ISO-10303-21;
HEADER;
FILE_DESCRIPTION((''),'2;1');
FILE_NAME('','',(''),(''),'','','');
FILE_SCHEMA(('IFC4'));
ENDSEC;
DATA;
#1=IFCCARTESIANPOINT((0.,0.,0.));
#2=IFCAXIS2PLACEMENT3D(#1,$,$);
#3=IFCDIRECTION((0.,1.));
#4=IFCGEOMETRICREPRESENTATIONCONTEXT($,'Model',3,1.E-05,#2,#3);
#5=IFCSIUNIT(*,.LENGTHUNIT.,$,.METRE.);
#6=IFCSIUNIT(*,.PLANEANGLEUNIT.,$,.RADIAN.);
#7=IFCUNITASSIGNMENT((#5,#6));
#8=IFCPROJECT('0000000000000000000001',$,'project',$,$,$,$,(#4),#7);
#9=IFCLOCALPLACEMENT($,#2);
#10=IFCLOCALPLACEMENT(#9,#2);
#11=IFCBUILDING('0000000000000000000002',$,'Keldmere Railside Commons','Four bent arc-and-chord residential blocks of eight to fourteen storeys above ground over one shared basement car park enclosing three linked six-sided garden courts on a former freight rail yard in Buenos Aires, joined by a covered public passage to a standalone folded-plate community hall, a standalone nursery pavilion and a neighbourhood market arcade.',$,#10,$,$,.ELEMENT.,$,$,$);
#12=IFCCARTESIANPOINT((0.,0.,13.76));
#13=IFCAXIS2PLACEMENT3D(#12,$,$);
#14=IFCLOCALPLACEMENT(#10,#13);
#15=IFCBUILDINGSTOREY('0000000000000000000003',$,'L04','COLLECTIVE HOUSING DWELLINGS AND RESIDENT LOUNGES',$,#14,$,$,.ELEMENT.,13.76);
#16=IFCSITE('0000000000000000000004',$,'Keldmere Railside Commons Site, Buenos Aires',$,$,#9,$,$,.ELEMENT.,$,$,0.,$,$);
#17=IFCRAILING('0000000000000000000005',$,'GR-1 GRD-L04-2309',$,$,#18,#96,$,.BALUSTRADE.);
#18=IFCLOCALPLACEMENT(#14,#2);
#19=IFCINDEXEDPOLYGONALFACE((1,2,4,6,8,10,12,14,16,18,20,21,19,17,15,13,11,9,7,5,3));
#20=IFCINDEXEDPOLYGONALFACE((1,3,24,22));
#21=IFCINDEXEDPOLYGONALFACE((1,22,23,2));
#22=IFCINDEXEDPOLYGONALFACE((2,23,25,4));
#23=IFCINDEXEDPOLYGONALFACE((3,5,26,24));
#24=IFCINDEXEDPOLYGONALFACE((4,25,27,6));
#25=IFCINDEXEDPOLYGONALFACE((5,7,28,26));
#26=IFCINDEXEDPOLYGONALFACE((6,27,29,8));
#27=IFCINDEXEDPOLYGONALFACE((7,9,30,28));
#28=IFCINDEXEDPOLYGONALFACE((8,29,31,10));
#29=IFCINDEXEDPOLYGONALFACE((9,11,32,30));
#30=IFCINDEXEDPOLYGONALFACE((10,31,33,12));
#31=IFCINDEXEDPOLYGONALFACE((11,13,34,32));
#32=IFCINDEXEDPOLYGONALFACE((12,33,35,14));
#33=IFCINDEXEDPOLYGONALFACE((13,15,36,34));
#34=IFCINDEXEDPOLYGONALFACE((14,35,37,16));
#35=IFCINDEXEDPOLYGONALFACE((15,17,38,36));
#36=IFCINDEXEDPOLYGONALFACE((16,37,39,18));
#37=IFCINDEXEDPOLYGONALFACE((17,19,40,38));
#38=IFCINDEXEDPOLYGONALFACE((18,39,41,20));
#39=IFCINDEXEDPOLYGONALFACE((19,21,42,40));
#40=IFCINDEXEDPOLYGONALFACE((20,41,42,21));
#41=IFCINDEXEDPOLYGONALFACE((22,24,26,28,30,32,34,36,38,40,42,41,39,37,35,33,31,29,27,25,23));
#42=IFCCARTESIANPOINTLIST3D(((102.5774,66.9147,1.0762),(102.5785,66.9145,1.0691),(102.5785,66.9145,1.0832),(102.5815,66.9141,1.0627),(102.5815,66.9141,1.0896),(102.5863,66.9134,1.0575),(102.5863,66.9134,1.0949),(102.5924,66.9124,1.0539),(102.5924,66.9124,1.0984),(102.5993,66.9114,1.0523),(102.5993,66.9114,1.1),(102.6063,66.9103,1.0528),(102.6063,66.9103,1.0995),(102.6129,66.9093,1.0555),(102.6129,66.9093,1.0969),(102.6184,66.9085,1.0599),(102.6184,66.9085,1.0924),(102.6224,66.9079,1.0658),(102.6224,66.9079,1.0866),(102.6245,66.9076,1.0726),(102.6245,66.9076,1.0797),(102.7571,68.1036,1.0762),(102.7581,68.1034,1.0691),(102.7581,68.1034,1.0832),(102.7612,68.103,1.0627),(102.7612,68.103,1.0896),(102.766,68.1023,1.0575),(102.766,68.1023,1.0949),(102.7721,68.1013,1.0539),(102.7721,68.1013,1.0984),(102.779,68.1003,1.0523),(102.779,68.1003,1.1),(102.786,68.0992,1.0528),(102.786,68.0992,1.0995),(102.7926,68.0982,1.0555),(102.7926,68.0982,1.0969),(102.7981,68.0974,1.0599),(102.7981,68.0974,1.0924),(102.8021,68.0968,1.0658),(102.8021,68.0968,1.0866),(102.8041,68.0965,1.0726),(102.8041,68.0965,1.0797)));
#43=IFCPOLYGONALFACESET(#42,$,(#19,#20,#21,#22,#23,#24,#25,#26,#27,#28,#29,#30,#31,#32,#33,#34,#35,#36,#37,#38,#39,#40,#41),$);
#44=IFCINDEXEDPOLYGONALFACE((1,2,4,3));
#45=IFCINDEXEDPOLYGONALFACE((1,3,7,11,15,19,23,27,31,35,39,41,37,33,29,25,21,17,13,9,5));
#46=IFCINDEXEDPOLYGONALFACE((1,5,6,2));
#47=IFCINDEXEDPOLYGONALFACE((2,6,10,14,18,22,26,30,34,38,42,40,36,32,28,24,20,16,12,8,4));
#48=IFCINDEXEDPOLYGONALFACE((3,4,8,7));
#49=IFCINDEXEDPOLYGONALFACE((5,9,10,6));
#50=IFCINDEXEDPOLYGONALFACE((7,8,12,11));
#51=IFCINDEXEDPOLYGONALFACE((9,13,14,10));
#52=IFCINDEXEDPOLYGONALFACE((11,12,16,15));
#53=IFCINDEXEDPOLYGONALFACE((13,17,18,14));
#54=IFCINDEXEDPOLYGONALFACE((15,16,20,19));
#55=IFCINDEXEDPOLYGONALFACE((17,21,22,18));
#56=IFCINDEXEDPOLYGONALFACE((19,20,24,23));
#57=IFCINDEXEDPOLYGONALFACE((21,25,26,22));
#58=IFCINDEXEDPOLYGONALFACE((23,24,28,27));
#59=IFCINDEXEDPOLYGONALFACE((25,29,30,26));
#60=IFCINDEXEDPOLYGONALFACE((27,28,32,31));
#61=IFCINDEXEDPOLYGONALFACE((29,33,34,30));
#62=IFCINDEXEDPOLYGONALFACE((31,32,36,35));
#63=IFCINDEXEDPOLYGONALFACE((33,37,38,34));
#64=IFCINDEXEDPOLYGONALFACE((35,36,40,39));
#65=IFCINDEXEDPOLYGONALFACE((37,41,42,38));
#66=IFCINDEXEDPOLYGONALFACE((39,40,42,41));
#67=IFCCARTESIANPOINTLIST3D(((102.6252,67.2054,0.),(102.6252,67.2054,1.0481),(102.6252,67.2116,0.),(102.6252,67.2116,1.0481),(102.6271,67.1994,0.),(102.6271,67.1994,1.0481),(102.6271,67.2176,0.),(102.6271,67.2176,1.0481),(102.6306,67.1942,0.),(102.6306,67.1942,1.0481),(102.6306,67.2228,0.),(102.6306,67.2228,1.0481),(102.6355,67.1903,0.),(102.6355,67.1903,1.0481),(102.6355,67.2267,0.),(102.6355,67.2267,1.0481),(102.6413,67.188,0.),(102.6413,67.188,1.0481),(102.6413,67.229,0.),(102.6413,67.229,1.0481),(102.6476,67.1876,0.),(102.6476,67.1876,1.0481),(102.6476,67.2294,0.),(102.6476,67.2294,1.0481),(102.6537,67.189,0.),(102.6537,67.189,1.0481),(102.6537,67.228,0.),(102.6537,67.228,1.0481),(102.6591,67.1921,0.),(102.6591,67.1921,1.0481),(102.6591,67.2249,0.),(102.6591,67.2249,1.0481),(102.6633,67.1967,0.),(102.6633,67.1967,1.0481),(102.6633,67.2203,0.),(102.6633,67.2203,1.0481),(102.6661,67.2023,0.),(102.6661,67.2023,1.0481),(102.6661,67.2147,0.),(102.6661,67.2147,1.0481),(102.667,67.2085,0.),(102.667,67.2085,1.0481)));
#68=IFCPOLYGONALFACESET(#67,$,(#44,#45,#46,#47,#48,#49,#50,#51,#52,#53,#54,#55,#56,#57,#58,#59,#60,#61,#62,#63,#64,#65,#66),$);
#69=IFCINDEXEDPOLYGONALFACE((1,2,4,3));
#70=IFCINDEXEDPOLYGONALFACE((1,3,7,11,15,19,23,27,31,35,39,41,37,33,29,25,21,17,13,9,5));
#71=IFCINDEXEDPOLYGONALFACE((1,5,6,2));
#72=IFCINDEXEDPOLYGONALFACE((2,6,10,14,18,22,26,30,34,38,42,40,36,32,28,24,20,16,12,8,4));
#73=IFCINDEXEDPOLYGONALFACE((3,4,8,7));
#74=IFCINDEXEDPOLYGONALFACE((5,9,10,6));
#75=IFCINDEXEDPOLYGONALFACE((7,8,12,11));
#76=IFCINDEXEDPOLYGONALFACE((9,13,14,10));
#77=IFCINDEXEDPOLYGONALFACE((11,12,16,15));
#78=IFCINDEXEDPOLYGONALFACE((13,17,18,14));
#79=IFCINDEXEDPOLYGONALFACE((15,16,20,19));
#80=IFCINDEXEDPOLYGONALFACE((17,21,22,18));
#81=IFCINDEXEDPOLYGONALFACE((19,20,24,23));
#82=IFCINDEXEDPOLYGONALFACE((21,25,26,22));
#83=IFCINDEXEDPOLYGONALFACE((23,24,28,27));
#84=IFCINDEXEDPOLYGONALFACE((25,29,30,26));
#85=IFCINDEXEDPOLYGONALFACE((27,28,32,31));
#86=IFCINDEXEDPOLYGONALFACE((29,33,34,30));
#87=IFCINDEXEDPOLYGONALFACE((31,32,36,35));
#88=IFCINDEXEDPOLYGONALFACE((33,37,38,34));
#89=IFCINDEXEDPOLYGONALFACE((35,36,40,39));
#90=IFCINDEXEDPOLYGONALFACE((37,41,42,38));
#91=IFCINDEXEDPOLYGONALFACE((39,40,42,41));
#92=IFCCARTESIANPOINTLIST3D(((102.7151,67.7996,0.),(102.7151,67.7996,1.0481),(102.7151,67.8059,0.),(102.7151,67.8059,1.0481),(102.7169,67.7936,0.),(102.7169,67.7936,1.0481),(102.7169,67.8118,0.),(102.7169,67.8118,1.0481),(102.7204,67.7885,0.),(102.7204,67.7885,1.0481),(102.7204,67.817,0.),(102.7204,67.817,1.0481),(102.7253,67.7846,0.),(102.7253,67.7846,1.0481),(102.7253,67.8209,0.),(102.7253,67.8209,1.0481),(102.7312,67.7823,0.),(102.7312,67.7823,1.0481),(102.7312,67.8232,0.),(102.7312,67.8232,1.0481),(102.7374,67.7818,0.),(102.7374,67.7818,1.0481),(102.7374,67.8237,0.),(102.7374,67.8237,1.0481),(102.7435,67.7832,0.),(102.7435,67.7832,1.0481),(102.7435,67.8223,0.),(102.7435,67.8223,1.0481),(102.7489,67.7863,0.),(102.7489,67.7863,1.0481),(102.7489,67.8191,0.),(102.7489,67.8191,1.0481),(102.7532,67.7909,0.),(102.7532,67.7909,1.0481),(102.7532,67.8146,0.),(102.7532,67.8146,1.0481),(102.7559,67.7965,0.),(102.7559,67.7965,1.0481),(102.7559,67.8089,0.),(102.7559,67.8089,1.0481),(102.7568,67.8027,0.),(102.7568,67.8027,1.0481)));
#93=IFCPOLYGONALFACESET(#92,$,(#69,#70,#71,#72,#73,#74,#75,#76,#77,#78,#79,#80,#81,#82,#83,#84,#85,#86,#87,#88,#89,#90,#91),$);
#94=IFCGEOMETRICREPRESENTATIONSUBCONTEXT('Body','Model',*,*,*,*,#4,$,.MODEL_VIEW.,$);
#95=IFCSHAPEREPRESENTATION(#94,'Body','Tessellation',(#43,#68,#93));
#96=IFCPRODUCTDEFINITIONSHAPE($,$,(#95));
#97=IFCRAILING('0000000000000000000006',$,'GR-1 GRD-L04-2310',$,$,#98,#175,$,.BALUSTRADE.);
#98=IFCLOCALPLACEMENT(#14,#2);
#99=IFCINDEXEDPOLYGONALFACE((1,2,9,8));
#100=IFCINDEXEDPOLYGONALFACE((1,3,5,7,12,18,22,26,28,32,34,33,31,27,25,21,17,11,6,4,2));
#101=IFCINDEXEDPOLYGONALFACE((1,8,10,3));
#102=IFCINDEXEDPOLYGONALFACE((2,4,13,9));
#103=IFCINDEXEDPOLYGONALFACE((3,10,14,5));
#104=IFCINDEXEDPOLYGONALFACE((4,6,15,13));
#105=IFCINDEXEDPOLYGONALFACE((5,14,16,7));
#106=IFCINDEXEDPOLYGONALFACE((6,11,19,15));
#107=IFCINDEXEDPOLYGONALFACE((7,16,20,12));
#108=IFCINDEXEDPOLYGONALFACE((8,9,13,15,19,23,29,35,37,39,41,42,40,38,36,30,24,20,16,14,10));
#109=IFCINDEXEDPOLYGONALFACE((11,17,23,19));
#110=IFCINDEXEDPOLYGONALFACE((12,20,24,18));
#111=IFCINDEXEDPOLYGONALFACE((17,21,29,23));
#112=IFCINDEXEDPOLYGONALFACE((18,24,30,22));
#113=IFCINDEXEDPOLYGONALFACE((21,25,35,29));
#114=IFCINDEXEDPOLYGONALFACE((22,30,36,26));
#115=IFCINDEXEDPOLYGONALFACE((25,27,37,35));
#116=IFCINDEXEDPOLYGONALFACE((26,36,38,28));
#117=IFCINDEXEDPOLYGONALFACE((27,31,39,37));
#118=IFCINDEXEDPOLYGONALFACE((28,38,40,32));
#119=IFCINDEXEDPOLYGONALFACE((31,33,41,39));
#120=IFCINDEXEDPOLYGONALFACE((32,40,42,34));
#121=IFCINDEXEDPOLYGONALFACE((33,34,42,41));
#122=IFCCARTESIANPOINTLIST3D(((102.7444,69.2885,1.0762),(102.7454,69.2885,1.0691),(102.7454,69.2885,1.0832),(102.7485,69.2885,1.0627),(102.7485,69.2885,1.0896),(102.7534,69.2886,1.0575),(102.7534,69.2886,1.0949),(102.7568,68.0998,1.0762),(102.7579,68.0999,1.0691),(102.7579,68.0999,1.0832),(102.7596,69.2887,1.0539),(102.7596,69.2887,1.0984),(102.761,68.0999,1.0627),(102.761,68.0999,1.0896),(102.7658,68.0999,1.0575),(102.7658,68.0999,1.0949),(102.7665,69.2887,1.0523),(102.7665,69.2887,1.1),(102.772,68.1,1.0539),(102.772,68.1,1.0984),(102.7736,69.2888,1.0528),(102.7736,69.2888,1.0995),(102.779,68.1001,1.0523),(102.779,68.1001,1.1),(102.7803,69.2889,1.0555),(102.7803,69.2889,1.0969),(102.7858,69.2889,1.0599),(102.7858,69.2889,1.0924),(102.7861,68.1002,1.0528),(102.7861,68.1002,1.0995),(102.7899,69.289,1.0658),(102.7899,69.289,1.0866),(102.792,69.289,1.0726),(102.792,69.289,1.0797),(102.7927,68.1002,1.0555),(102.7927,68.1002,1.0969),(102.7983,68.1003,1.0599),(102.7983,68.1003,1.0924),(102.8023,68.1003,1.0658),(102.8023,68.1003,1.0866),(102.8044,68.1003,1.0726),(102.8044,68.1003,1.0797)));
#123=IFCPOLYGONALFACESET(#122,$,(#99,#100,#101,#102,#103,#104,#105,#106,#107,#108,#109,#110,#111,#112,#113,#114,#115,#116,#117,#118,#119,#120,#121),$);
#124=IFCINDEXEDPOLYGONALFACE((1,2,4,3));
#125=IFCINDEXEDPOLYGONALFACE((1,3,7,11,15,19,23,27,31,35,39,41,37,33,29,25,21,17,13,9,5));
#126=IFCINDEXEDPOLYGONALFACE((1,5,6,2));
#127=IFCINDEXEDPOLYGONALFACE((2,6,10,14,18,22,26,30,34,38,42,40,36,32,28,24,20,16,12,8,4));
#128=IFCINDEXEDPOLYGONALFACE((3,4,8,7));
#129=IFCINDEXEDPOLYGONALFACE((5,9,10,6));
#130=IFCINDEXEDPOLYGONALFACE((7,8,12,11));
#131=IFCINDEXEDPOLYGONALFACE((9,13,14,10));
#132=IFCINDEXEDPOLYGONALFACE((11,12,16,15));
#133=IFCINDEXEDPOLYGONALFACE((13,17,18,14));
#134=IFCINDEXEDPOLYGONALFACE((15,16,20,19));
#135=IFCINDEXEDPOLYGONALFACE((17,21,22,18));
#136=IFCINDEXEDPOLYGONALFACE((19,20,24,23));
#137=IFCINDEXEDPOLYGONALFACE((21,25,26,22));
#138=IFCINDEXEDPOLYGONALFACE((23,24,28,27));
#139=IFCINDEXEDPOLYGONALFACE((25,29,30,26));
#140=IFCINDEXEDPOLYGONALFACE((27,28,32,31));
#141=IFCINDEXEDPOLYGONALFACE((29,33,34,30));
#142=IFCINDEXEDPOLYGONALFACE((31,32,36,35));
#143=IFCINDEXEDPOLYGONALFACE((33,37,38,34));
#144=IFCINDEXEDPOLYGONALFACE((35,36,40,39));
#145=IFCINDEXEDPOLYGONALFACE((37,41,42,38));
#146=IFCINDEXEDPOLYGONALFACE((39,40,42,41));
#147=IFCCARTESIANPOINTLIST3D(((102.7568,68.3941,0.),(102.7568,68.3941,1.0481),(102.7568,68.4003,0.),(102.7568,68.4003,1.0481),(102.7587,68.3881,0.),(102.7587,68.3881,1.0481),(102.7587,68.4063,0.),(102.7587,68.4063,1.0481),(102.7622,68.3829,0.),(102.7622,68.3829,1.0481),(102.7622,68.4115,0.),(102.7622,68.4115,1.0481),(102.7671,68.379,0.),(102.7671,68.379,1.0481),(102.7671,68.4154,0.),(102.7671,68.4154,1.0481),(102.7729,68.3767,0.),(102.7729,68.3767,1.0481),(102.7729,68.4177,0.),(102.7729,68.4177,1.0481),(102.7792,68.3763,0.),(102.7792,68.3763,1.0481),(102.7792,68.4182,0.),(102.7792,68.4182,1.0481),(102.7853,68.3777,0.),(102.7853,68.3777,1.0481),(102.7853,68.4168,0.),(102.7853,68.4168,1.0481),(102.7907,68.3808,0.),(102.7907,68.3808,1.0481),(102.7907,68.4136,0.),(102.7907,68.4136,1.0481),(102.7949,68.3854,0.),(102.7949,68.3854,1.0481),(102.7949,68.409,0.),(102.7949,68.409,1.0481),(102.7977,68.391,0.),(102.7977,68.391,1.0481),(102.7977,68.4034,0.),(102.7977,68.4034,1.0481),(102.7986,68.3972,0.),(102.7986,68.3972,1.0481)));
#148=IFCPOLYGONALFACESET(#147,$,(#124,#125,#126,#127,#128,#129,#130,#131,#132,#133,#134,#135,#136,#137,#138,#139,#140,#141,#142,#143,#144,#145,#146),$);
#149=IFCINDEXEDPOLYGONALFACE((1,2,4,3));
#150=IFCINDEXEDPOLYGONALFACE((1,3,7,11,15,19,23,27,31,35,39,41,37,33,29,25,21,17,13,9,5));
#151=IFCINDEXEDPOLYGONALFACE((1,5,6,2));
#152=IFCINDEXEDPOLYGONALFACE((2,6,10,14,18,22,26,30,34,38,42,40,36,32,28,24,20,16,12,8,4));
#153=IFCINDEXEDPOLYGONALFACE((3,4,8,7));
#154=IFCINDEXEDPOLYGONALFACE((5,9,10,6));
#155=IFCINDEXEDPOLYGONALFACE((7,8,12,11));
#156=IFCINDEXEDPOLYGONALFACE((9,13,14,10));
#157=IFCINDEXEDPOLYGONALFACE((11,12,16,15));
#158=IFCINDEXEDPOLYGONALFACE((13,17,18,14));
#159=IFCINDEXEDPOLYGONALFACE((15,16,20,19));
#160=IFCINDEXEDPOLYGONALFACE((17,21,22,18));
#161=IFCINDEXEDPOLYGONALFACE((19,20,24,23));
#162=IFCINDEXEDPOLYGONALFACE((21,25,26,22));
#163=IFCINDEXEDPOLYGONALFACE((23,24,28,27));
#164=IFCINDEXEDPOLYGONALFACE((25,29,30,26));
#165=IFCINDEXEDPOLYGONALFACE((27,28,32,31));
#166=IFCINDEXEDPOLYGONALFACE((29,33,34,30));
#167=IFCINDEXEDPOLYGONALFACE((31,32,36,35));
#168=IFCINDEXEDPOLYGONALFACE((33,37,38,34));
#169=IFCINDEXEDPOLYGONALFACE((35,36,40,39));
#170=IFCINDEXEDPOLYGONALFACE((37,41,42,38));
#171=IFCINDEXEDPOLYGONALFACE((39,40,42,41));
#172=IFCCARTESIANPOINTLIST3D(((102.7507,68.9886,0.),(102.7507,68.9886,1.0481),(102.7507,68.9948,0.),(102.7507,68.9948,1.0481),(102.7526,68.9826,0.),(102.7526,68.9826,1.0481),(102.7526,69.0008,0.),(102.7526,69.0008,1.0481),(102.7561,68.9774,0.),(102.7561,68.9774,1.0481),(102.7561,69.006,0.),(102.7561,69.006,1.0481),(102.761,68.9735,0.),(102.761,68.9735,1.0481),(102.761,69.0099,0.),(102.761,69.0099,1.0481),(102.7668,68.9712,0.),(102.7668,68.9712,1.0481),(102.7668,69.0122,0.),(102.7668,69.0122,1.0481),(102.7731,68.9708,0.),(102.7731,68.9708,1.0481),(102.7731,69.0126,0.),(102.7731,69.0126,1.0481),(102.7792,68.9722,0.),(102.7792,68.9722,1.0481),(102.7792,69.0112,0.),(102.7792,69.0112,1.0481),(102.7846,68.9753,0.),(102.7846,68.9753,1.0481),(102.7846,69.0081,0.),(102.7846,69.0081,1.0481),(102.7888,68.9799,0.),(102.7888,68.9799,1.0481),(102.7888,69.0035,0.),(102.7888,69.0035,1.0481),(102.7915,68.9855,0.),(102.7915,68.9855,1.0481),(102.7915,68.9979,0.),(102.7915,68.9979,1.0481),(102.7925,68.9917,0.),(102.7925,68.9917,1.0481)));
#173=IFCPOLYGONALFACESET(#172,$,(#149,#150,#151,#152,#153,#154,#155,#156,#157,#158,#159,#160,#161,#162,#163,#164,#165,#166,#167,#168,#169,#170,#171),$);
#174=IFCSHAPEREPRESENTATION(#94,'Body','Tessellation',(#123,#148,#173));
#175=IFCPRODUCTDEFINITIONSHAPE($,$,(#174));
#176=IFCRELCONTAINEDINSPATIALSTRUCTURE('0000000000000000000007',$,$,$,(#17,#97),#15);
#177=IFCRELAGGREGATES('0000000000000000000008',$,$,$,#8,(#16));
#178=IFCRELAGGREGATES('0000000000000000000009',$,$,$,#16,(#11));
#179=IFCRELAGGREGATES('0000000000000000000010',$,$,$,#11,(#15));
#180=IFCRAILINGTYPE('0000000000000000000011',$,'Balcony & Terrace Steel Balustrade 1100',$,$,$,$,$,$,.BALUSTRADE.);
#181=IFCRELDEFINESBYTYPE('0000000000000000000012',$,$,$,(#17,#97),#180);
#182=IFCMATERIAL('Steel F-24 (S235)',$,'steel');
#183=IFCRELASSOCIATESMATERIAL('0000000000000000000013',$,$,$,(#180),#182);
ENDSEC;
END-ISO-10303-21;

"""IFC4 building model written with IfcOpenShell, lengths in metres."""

from ifc_helpers import new_model, si_unit, direction, frame, origin, origin_2d, place, context, subcontext, project, spatial, circle, extrude, material, type_object, element, save


model = new_model("IFC4")

# Units and contexts
model_context = context("Model", 3, precision=1e-05, world=origin(), true_north=direction((0.0, 1.0)))
body_context = subcontext(model_context, "Body", "Model", "MODEL_VIEW")
ifc_project = project(units=[si_unit("LENGTHUNIT", "METRE"), si_unit("PLANEANGLEUNIT", "RADIAN")], contexts=[model_context])

# Site, building, storey
site_placement = place(None, origin())
site = spatial("IfcSite", under=ifc_project, at=site_placement, Name="Keldmere Railside Commons Site, Buenos Aires", CompositionType="ELEMENT", RefElevation=0.0)
building_placement = place(site_placement, origin())
building = spatial("IfcBuilding", under=site, at=building_placement, Name="Keldmere Railside Commons", Description="Four bent arc-and-chord residential blocks of eight to fourteen storeys above ground over one shared basement car park enclosing three linked six-sided garden courts on a former freight rail yard in Buenos Aires, joined by a covered public passage to a standalone folded-plate community hall, a standalone nursery pavilion and a neighbourhood market arcade.", CompositionType="ELEMENT")
storey_placement = place(building_placement, frame((0.0, 0.0, 13.76)))
storey = spatial("IfcBuildingStorey", under=building, at=storey_placement, Name="L04", Description="COLLECTIVE HOUSING DWELLINGS AND RESIDENT LOUNGES", CompositionType="ELEMENT", Elevation=13.76)

# Shared definitions
ifc_material_1 = material(Name="Steel F-24 (S235)", Category="steel")

# Railings
railing_type_1 = type_object("IfcRailingType", Name="Balcony & Terrace Steel Balustrade 1100", PredefinedType="BALUSTRADE", material=ifc_material_1)
railing_1_placement = place(storey_placement, frame((102.6011, 66.9111, 0.0)))
element("IfcRailing", 1, at=railing_1_placement, inside=storey, type_object=railing_type_1, Name="GR-1 GRD-L04-2309", PredefinedType="BALUSTRADE", context=body_context, shape_type="SweptSolid", body=[
    extrude(circle(Radius=0.0239, at=origin_2d()), frame((0.0, 0.0, 1.0762), z_axis=(0.149432, 0.988772, 0.0), x_axis=(-0.988772, 0.149432, 0.0)), (0.0, 0.0, 1.0), 1.2024),
    extrude(circle(Radius=0.021, at=origin_2d()), frame((0.0449, 0.2974, 0.0)), (0.0, 0.0, 1.0), 1.0481),
    extrude(circle(Radius=0.021, at=origin_2d()), frame((0.1348, 0.8916, 0.0)), (0.0, 0.0, 1.0), 1.0481),
])
railing_2_placement = place(storey_placement, frame((102.7808, 68.1001, 0.0)))
element("IfcRailing", 2, at=railing_2_placement, inside=storey, type_object=railing_type_1, Name="GR-1 GRD-L04-2310", PredefinedType="BALUSTRADE", context=body_context, shape_type="SweptSolid", body=[
    extrude(circle(Radius=0.0239, at=origin_2d()), frame((0.0, 0.0, 1.0762), z_axis=(-0.010474, 0.999945, 0.0), x_axis=(-0.999945, -0.010474, 0.0)), (0.0, 0.0, 1.0), 1.1887),
    extrude(circle(Radius=0.021, at=origin_2d()), frame((-0.0032, 0.2971, 0.0)), (0.0, 0.0, 1.0), 1.0481),
    extrude(circle(Radius=0.021, at=origin_2d()), frame((-0.0093, 0.8916, 0.0)), (0.0, 0.0, 1.0), 1.0481),
])

save(model, "model.ifc")
